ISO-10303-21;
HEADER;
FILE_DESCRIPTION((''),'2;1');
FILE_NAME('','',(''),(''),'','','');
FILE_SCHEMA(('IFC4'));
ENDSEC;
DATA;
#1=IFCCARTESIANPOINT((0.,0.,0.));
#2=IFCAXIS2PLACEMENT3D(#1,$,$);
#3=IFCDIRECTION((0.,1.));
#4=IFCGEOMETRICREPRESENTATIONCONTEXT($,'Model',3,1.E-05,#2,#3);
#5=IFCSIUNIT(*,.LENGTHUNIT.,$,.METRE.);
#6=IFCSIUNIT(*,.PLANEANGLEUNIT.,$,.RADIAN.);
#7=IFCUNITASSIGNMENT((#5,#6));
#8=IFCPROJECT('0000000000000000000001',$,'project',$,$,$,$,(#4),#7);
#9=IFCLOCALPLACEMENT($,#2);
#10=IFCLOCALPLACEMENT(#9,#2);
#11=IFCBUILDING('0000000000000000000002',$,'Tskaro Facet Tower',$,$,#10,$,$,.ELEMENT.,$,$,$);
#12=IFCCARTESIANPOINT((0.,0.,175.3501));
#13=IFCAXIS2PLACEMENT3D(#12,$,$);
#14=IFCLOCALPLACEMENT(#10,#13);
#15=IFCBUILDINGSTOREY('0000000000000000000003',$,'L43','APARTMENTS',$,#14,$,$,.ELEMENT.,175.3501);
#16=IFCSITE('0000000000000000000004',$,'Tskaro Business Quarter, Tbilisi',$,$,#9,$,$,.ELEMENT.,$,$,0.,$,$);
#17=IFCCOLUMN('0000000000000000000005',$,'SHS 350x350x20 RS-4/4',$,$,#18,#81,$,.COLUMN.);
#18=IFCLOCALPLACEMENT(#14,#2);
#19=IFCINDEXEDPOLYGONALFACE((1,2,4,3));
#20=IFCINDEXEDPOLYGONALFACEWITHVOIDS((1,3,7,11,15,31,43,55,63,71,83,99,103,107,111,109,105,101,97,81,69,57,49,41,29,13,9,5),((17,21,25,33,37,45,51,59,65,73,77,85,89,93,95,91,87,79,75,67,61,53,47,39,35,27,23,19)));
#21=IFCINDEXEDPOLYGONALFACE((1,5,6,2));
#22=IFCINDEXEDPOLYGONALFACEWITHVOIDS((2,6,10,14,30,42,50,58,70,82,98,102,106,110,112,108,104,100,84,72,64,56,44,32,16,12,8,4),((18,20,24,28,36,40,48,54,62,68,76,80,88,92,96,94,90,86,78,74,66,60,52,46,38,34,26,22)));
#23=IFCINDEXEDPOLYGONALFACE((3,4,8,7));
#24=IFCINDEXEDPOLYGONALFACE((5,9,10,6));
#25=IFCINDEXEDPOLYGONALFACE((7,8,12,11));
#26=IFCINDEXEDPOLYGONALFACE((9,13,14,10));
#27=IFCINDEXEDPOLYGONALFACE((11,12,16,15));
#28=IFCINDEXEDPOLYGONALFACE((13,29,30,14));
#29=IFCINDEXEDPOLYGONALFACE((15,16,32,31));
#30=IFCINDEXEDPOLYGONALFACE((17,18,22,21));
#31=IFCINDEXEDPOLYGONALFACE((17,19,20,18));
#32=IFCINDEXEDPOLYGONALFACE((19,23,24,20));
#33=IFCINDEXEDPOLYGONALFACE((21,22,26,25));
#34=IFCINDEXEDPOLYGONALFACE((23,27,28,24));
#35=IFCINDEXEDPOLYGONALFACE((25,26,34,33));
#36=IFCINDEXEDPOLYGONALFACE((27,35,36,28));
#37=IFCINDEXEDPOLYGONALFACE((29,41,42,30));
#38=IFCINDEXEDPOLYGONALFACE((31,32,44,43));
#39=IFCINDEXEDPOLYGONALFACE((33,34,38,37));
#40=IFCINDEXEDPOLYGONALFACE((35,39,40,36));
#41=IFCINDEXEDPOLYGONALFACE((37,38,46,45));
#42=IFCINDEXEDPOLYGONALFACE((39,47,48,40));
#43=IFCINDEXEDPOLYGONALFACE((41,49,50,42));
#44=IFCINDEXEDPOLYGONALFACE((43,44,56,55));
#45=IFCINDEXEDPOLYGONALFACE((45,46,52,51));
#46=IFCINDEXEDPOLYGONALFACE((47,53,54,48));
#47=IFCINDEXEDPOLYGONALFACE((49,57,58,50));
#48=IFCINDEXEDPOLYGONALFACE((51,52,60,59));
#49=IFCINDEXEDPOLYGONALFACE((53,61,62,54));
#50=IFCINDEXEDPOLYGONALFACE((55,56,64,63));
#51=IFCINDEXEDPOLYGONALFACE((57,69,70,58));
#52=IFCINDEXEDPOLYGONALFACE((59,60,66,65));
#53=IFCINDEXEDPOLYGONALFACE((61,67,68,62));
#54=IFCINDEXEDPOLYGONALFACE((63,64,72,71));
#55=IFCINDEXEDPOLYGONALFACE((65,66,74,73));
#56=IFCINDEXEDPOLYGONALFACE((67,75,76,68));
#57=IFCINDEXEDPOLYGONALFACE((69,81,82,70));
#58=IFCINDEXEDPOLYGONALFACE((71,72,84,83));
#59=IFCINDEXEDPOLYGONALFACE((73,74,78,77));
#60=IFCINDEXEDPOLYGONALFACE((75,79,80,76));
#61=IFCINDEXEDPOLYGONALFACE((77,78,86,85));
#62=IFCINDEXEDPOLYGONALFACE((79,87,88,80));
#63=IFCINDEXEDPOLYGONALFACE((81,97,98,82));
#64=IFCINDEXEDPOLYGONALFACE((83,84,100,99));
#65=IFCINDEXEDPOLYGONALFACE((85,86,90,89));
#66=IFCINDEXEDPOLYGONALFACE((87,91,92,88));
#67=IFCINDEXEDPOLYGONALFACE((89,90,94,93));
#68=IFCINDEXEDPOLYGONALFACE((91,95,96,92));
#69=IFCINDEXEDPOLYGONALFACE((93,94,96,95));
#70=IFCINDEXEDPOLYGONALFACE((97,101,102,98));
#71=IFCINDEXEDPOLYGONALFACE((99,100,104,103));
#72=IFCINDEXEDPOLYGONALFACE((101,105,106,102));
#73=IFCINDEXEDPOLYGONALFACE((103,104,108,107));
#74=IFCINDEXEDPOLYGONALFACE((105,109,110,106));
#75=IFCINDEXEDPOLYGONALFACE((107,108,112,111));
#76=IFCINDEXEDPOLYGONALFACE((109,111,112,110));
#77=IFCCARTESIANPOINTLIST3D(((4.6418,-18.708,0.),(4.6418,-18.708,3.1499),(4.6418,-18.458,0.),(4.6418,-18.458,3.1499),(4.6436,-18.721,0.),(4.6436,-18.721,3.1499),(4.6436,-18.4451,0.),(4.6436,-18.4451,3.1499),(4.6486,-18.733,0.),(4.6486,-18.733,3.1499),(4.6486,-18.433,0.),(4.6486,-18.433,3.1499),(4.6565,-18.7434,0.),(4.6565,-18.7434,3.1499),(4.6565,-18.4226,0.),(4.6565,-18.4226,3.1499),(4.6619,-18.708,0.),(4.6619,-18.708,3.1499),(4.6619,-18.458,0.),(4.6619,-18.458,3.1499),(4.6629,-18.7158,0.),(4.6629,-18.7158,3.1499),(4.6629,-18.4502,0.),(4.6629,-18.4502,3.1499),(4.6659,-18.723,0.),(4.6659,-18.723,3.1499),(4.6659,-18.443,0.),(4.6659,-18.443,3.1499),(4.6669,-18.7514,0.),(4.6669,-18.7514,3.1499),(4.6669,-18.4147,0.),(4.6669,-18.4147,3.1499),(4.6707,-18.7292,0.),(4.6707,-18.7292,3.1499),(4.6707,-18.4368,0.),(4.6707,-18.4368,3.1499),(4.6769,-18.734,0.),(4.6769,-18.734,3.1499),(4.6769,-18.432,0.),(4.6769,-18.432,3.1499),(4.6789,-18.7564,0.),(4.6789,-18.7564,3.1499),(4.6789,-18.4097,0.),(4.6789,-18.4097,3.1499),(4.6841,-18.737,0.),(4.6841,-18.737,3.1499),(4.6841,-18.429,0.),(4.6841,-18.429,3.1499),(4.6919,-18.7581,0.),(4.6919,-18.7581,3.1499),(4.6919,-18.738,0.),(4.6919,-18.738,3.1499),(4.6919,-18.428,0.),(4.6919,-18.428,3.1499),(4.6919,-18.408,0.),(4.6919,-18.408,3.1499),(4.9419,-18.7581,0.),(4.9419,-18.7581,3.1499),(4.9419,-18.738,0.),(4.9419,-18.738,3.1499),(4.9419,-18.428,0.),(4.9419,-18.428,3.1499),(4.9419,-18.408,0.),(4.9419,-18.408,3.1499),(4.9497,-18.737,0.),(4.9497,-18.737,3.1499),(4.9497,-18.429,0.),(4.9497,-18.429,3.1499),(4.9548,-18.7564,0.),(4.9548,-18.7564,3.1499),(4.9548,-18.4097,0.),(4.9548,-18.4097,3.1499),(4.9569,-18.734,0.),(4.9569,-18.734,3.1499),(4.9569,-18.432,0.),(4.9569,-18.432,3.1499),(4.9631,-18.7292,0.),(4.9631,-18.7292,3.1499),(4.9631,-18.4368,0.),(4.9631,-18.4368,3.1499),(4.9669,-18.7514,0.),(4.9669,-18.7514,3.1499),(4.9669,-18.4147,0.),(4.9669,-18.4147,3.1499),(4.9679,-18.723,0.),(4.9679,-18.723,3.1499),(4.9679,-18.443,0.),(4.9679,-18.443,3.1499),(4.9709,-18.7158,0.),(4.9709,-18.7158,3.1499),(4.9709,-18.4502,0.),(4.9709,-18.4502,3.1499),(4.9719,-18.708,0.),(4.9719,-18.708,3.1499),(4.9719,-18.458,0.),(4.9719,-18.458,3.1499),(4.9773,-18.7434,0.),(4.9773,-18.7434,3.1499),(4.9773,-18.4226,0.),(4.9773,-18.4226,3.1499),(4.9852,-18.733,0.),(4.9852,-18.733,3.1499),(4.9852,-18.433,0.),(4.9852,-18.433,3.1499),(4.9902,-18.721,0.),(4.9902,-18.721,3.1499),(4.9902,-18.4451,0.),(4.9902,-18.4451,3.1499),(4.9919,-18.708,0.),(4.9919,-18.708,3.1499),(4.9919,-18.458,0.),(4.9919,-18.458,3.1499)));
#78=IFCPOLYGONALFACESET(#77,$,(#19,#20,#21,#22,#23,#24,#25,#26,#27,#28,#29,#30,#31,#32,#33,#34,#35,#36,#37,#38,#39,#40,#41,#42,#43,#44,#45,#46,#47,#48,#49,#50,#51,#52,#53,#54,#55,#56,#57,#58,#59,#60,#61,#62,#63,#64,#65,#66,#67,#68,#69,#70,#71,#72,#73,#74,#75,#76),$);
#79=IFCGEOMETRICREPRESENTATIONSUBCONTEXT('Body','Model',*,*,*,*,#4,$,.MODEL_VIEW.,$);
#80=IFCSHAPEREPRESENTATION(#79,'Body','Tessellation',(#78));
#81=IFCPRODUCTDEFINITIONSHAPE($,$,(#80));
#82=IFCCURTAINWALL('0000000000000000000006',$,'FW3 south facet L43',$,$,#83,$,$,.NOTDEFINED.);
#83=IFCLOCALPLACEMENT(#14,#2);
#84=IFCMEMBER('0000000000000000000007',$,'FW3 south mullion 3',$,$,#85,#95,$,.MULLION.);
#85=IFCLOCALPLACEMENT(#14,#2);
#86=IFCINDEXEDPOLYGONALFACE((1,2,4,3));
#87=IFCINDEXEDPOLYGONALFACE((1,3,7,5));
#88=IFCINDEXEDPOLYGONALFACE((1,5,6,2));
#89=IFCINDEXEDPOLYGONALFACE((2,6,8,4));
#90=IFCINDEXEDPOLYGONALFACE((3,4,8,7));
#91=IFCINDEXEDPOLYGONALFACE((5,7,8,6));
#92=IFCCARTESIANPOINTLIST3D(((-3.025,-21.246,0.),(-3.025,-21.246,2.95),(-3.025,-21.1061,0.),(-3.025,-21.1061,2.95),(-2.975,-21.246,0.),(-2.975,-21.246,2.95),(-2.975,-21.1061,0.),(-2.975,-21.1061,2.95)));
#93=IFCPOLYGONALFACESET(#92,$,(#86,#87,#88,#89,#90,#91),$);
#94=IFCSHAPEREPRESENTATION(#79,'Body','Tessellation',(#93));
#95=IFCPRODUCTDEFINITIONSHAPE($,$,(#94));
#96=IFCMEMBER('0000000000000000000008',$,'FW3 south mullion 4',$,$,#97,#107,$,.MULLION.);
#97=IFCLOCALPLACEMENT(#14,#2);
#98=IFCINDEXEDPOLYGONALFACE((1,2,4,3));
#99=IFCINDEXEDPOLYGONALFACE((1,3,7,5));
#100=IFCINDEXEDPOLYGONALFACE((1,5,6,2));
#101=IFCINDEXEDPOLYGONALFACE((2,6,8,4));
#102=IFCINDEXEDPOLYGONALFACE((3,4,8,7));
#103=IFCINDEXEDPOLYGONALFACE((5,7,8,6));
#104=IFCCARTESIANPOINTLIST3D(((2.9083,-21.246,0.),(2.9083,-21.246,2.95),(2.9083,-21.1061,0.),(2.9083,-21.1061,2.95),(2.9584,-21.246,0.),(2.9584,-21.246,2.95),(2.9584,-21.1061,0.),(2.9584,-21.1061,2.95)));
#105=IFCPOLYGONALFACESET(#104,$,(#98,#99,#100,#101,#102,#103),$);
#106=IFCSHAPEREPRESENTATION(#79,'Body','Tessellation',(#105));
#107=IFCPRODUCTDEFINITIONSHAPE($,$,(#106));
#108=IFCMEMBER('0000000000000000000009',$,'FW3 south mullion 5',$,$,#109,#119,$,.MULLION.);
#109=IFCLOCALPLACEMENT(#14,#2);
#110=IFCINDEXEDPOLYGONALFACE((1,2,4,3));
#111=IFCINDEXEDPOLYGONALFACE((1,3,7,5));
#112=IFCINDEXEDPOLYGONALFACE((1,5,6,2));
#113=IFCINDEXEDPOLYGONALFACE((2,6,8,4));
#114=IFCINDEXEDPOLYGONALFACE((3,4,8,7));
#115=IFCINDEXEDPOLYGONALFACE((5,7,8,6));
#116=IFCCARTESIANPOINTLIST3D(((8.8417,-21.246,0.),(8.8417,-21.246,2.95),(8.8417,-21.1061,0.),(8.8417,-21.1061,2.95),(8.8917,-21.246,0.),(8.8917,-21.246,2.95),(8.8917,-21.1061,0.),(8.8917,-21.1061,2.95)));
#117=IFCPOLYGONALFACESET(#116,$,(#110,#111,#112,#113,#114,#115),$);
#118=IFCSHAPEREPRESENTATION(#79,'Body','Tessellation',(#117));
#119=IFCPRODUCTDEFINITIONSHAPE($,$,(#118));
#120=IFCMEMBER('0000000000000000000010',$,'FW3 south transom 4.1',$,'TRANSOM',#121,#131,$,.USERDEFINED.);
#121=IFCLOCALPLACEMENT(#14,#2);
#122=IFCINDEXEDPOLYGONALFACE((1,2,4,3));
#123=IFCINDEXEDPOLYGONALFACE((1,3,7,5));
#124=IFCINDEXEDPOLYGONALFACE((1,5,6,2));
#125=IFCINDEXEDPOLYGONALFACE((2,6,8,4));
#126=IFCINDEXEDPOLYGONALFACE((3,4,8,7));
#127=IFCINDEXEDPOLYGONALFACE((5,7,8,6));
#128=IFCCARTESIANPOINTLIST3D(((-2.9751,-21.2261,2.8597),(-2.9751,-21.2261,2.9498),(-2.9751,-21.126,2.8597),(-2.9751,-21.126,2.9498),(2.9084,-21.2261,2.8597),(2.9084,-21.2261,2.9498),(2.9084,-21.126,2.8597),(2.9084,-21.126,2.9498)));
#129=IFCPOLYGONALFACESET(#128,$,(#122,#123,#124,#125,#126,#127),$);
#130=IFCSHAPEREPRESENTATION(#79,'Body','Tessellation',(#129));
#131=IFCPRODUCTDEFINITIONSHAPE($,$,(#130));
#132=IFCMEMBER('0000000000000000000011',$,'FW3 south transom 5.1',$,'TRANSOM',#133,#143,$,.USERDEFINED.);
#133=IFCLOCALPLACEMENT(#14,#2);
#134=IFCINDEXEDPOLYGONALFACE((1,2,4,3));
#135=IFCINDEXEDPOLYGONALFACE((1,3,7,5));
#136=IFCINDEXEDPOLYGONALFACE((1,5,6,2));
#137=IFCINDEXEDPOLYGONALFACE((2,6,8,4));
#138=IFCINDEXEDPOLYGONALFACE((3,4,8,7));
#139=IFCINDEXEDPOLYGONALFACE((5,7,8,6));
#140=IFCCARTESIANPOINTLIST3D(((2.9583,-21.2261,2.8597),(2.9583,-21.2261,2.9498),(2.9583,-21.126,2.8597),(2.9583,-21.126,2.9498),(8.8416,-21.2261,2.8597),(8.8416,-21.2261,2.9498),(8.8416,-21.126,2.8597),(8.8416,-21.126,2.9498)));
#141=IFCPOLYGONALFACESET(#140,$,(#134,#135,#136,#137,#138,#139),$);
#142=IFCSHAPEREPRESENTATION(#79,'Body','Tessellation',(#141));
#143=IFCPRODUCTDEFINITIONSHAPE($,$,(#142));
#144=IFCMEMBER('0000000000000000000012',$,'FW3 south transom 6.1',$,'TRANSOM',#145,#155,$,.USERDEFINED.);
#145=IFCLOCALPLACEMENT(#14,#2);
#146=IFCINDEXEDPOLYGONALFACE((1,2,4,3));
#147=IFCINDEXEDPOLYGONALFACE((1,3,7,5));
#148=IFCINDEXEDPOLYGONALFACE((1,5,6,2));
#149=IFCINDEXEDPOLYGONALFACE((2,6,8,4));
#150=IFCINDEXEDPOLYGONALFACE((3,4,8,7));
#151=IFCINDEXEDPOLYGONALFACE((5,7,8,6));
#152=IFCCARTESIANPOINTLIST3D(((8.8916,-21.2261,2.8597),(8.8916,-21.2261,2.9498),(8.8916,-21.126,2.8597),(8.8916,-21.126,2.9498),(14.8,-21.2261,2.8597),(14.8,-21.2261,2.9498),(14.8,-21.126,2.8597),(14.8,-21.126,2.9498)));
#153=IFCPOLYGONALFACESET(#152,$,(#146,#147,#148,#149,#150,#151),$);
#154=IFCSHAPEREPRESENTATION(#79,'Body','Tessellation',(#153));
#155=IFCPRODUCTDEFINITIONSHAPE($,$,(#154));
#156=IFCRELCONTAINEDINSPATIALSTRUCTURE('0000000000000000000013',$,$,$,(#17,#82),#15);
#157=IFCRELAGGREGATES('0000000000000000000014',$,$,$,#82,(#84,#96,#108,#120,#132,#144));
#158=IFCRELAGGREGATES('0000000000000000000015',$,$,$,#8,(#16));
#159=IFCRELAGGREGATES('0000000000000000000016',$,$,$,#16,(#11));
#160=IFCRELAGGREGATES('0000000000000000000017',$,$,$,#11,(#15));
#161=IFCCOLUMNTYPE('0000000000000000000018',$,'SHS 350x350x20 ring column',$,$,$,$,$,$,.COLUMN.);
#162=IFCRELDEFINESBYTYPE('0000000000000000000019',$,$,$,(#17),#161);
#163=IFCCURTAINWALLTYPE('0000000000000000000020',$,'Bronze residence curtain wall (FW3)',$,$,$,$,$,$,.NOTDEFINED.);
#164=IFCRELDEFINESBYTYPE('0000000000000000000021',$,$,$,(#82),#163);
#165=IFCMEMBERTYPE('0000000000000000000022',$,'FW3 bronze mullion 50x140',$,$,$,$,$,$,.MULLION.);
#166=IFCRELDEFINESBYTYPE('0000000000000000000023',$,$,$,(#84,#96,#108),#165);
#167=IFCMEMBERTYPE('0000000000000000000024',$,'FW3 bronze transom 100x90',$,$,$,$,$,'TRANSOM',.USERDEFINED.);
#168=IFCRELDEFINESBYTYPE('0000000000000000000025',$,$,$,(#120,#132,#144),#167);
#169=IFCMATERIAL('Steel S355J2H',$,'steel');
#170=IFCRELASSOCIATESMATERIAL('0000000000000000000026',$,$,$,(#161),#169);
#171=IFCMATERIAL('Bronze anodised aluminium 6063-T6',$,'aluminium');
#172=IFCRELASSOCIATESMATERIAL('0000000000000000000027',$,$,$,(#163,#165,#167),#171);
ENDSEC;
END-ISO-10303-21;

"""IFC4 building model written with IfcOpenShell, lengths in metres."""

from ifc_helpers import new_model, si_unit, direction, frame, origin, origin_2d, place, context, subcontext, project, spatial, rectangle, hollow_rectangle, extrude, material, material_profile, profile_set, type_object, element, aggregate, save


model = new_model("IFC4")

# Units and contexts
model_context = context("Model", 3, precision=1e-05, world=origin(), true_north=direction((0.0, 1.0)))
body_context = subcontext(model_context, "Body", "Model", "MODEL_VIEW")
ifc_project = project(units=[si_unit("LENGTHUNIT", "METRE"), si_unit("PLANEANGLEUNIT", "RADIAN")], contexts=[model_context])

# Site, building, storey
site_placement = place(None, origin())
site = spatial("IfcSite", under=ifc_project, at=site_placement, Name="Tskaro Business Quarter, Tbilisi", CompositionType="ELEMENT", RefElevation=0.0)
building_placement = place(site_placement, origin())
building = spatial("IfcBuilding", under=site, at=building_placement, Name="Tskaro Facet Tower", CompositionType="ELEMENT")
storey_placement = place(building_placement, frame((0.0, 0.0, 175.3501)))
storey = spatial("IfcBuildingStorey", under=building, at=storey_placement, Name="L43", Description="APARTMENTS", CompositionType="ELEMENT", Elevation=175.3501)

# Column
ifc_material_1 = material(Name="Steel S355J2H", Category="steel")
ifc_material_profile_1 = material_profile(ifc_material_1, hollow_rectangle(XDim=0.3501, YDim=0.3501, WallThickness=0.02, InnerFilletRadius=0.03, OuterFilletRadius=0.05, at=origin_2d()), Name="SHS 350x350x20")
ifc_profile_set_1 = profile_set([ifc_material_profile_1], Name="Steel S355J2H")
column_type = type_object("IfcColumnType", Name="SHS 350x350x20 ring column", PredefinedType="COLUMN", material=ifc_profile_set_1)
column_placement = place(storey_placement, frame((4.8169, -18.583, 0.0), z_axis=(0.0, 0.0, 1.0), x_axis=(1.0, 0.0, 0.0)))
element("IfcColumn", 1, at=column_placement, inside=storey, type_object=column_type, Name="SHS 350x350x20 RS-4/4", PredefinedType="COLUMN", context=body_context, shape_type="SweptSolid", body=[
    extrude(hollow_rectangle(XDim=0.3501, YDim=0.3501, WallThickness=0.02, InnerFilletRadius=0.03, OuterFilletRadius=0.05, at=origin_2d()), origin(), (0.0, 0.0, 1.0), 3.1499),
])

# Curtain wall, members
ifc_material_2 = material(Name="Bronze anodised aluminium 6063-T6", Category="aluminium")
curtain_wall_type = type_object("IfcCurtainWallType", Name="Bronze residence curtain wall (FW3)", PredefinedType="NOTDEFINED", material=ifc_material_2)
curtain_wall_placement = place(storey_placement, origin())
curtain_wall = element("IfcCurtainWall", 2, at=curtain_wall_placement, inside=storey, type_object=curtain_wall_type, Name="FW3 south facet L43", PredefinedType="NOTDEFINED")
ifc_material_profile_2 = material_profile(ifc_material_2, rectangle(XDim=0.05, YDim=0.1399, at=origin_2d()), Name="Mullion 50x140")
ifc_profile_set_2 = profile_set([ifc_material_profile_2], Name="Bronze anodised aluminium 6063-T6")
member_type_1 = type_object("IfcMemberType", Name="FW3 bronze mullion 50x140", PredefinedType="MULLION", material=ifc_profile_set_2)
member_1_placement = place(storey_placement, frame((-3.0, -21.176, 0.0), z_axis=(0.0, 0.0, 1.0), x_axis=(1.0, 0.0, 0.0)))
member_1 = element("IfcMember", 3, at=member_1_placement, type_object=member_type_1, Name="FW3 south mullion 3", PredefinedType="MULLION", context=body_context, shape_type="SweptSolid", body=[
    extrude(rectangle(XDim=0.05, YDim=0.1399, at=origin_2d()), origin(), (0.0, 0.0, 1.0), 2.95),
])
member_2_placement = place(storey_placement, frame((2.9333, -21.176, 0.0), z_axis=(0.0, 0.0, 1.0), x_axis=(1.0, 0.0, 0.0)))
member_2 = element("IfcMember", 4, at=member_2_placement, type_object=member_type_1, Name="FW3 south mullion 4", PredefinedType="MULLION", context=body_context, shape_type="SweptSolid", body=[
    extrude(rectangle(XDim=0.05, YDim=0.1399, at=origin_2d()), origin(), (0.0, 0.0, 1.0), 2.95),
])
member_3_placement = place(storey_placement, frame((8.8667, -21.176, 0.0), z_axis=(0.0, 0.0, 1.0), x_axis=(1.0, 0.0, 0.0)))
member_3 = element("IfcMember", 5, at=member_3_placement, type_object=member_type_1, Name="FW3 south mullion 5", PredefinedType="MULLION", context=body_context, shape_type="SweptSolid", body=[
    extrude(rectangle(XDim=0.05, YDim=0.1399, at=origin_2d()), origin(), (0.0, 0.0, 1.0), 2.95),
])
ifc_material_profile_3 = material_profile(ifc_material_2, rectangle(XDim=0.1001, YDim=0.0901, at=origin_2d()), Name="Transom 100x90")
ifc_profile_set_3 = profile_set([ifc_material_profile_3], Name="Bronze anodised aluminium 6063-T6")
member_type_2 = type_object("IfcMemberType", Name="FW3 bronze transom 100x90", ElementType="TRANSOM", PredefinedType="USERDEFINED", material=ifc_profile_set_3)
member_4_placement = place(storey_placement, frame((-2.9751, -21.176, 2.9048), z_axis=(1.0, 0.0, 0.0), x_axis=(0.0, 1.0, 0.0)))
member_4 = element("IfcMember", 6, at=member_4_placement, type_object=member_type_2, Name="FW3 south transom 4.1", ObjectType="TRANSOM", PredefinedType="USERDEFINED", context=body_context, shape_type="SweptSolid", body=[
    extrude(rectangle(XDim=0.1001, YDim=0.0901, at=origin_2d()), origin(), (0.0, 0.0, 1.0), 5.8835),
])
member_5_placement = place(storey_placement, frame((2.9583, -21.176, 2.9048), z_axis=(1.0, 0.0, 0.0), x_axis=(0.0, 1.0, 0.0)))
member_5 = element("IfcMember", 7, at=member_5_placement, type_object=member_type_2, Name="FW3 south transom 5.1", ObjectType="TRANSOM", PredefinedType="USERDEFINED", context=body_context, shape_type="SweptSolid", body=[
    extrude(rectangle(XDim=0.1001, YDim=0.0901, at=origin_2d()), origin(), (0.0, 0.0, 1.0), 5.8833),
])
member_6_placement = place(storey_placement, frame((8.8916, -21.176, 2.9048), z_axis=(1.0, 0.0, 0.0), x_axis=(0.0, 1.0, 0.0)))
member_6 = element("IfcMember", 8, at=member_6_placement, type_object=member_type_2, Name="FW3 south transom 6.1", ObjectType="TRANSOM", PredefinedType="USERDEFINED", context=body_context, shape_type="SweptSolid", body=[
    extrude(rectangle(XDim=0.1001, YDim=0.0901, at=origin_2d()), origin(), (0.0, 0.0, 1.0), 5.9084),
])

aggregate(curtain_wall, [member_1, member_2, member_3, member_4, member_5, member_6])

save(model, "model.ifc")
